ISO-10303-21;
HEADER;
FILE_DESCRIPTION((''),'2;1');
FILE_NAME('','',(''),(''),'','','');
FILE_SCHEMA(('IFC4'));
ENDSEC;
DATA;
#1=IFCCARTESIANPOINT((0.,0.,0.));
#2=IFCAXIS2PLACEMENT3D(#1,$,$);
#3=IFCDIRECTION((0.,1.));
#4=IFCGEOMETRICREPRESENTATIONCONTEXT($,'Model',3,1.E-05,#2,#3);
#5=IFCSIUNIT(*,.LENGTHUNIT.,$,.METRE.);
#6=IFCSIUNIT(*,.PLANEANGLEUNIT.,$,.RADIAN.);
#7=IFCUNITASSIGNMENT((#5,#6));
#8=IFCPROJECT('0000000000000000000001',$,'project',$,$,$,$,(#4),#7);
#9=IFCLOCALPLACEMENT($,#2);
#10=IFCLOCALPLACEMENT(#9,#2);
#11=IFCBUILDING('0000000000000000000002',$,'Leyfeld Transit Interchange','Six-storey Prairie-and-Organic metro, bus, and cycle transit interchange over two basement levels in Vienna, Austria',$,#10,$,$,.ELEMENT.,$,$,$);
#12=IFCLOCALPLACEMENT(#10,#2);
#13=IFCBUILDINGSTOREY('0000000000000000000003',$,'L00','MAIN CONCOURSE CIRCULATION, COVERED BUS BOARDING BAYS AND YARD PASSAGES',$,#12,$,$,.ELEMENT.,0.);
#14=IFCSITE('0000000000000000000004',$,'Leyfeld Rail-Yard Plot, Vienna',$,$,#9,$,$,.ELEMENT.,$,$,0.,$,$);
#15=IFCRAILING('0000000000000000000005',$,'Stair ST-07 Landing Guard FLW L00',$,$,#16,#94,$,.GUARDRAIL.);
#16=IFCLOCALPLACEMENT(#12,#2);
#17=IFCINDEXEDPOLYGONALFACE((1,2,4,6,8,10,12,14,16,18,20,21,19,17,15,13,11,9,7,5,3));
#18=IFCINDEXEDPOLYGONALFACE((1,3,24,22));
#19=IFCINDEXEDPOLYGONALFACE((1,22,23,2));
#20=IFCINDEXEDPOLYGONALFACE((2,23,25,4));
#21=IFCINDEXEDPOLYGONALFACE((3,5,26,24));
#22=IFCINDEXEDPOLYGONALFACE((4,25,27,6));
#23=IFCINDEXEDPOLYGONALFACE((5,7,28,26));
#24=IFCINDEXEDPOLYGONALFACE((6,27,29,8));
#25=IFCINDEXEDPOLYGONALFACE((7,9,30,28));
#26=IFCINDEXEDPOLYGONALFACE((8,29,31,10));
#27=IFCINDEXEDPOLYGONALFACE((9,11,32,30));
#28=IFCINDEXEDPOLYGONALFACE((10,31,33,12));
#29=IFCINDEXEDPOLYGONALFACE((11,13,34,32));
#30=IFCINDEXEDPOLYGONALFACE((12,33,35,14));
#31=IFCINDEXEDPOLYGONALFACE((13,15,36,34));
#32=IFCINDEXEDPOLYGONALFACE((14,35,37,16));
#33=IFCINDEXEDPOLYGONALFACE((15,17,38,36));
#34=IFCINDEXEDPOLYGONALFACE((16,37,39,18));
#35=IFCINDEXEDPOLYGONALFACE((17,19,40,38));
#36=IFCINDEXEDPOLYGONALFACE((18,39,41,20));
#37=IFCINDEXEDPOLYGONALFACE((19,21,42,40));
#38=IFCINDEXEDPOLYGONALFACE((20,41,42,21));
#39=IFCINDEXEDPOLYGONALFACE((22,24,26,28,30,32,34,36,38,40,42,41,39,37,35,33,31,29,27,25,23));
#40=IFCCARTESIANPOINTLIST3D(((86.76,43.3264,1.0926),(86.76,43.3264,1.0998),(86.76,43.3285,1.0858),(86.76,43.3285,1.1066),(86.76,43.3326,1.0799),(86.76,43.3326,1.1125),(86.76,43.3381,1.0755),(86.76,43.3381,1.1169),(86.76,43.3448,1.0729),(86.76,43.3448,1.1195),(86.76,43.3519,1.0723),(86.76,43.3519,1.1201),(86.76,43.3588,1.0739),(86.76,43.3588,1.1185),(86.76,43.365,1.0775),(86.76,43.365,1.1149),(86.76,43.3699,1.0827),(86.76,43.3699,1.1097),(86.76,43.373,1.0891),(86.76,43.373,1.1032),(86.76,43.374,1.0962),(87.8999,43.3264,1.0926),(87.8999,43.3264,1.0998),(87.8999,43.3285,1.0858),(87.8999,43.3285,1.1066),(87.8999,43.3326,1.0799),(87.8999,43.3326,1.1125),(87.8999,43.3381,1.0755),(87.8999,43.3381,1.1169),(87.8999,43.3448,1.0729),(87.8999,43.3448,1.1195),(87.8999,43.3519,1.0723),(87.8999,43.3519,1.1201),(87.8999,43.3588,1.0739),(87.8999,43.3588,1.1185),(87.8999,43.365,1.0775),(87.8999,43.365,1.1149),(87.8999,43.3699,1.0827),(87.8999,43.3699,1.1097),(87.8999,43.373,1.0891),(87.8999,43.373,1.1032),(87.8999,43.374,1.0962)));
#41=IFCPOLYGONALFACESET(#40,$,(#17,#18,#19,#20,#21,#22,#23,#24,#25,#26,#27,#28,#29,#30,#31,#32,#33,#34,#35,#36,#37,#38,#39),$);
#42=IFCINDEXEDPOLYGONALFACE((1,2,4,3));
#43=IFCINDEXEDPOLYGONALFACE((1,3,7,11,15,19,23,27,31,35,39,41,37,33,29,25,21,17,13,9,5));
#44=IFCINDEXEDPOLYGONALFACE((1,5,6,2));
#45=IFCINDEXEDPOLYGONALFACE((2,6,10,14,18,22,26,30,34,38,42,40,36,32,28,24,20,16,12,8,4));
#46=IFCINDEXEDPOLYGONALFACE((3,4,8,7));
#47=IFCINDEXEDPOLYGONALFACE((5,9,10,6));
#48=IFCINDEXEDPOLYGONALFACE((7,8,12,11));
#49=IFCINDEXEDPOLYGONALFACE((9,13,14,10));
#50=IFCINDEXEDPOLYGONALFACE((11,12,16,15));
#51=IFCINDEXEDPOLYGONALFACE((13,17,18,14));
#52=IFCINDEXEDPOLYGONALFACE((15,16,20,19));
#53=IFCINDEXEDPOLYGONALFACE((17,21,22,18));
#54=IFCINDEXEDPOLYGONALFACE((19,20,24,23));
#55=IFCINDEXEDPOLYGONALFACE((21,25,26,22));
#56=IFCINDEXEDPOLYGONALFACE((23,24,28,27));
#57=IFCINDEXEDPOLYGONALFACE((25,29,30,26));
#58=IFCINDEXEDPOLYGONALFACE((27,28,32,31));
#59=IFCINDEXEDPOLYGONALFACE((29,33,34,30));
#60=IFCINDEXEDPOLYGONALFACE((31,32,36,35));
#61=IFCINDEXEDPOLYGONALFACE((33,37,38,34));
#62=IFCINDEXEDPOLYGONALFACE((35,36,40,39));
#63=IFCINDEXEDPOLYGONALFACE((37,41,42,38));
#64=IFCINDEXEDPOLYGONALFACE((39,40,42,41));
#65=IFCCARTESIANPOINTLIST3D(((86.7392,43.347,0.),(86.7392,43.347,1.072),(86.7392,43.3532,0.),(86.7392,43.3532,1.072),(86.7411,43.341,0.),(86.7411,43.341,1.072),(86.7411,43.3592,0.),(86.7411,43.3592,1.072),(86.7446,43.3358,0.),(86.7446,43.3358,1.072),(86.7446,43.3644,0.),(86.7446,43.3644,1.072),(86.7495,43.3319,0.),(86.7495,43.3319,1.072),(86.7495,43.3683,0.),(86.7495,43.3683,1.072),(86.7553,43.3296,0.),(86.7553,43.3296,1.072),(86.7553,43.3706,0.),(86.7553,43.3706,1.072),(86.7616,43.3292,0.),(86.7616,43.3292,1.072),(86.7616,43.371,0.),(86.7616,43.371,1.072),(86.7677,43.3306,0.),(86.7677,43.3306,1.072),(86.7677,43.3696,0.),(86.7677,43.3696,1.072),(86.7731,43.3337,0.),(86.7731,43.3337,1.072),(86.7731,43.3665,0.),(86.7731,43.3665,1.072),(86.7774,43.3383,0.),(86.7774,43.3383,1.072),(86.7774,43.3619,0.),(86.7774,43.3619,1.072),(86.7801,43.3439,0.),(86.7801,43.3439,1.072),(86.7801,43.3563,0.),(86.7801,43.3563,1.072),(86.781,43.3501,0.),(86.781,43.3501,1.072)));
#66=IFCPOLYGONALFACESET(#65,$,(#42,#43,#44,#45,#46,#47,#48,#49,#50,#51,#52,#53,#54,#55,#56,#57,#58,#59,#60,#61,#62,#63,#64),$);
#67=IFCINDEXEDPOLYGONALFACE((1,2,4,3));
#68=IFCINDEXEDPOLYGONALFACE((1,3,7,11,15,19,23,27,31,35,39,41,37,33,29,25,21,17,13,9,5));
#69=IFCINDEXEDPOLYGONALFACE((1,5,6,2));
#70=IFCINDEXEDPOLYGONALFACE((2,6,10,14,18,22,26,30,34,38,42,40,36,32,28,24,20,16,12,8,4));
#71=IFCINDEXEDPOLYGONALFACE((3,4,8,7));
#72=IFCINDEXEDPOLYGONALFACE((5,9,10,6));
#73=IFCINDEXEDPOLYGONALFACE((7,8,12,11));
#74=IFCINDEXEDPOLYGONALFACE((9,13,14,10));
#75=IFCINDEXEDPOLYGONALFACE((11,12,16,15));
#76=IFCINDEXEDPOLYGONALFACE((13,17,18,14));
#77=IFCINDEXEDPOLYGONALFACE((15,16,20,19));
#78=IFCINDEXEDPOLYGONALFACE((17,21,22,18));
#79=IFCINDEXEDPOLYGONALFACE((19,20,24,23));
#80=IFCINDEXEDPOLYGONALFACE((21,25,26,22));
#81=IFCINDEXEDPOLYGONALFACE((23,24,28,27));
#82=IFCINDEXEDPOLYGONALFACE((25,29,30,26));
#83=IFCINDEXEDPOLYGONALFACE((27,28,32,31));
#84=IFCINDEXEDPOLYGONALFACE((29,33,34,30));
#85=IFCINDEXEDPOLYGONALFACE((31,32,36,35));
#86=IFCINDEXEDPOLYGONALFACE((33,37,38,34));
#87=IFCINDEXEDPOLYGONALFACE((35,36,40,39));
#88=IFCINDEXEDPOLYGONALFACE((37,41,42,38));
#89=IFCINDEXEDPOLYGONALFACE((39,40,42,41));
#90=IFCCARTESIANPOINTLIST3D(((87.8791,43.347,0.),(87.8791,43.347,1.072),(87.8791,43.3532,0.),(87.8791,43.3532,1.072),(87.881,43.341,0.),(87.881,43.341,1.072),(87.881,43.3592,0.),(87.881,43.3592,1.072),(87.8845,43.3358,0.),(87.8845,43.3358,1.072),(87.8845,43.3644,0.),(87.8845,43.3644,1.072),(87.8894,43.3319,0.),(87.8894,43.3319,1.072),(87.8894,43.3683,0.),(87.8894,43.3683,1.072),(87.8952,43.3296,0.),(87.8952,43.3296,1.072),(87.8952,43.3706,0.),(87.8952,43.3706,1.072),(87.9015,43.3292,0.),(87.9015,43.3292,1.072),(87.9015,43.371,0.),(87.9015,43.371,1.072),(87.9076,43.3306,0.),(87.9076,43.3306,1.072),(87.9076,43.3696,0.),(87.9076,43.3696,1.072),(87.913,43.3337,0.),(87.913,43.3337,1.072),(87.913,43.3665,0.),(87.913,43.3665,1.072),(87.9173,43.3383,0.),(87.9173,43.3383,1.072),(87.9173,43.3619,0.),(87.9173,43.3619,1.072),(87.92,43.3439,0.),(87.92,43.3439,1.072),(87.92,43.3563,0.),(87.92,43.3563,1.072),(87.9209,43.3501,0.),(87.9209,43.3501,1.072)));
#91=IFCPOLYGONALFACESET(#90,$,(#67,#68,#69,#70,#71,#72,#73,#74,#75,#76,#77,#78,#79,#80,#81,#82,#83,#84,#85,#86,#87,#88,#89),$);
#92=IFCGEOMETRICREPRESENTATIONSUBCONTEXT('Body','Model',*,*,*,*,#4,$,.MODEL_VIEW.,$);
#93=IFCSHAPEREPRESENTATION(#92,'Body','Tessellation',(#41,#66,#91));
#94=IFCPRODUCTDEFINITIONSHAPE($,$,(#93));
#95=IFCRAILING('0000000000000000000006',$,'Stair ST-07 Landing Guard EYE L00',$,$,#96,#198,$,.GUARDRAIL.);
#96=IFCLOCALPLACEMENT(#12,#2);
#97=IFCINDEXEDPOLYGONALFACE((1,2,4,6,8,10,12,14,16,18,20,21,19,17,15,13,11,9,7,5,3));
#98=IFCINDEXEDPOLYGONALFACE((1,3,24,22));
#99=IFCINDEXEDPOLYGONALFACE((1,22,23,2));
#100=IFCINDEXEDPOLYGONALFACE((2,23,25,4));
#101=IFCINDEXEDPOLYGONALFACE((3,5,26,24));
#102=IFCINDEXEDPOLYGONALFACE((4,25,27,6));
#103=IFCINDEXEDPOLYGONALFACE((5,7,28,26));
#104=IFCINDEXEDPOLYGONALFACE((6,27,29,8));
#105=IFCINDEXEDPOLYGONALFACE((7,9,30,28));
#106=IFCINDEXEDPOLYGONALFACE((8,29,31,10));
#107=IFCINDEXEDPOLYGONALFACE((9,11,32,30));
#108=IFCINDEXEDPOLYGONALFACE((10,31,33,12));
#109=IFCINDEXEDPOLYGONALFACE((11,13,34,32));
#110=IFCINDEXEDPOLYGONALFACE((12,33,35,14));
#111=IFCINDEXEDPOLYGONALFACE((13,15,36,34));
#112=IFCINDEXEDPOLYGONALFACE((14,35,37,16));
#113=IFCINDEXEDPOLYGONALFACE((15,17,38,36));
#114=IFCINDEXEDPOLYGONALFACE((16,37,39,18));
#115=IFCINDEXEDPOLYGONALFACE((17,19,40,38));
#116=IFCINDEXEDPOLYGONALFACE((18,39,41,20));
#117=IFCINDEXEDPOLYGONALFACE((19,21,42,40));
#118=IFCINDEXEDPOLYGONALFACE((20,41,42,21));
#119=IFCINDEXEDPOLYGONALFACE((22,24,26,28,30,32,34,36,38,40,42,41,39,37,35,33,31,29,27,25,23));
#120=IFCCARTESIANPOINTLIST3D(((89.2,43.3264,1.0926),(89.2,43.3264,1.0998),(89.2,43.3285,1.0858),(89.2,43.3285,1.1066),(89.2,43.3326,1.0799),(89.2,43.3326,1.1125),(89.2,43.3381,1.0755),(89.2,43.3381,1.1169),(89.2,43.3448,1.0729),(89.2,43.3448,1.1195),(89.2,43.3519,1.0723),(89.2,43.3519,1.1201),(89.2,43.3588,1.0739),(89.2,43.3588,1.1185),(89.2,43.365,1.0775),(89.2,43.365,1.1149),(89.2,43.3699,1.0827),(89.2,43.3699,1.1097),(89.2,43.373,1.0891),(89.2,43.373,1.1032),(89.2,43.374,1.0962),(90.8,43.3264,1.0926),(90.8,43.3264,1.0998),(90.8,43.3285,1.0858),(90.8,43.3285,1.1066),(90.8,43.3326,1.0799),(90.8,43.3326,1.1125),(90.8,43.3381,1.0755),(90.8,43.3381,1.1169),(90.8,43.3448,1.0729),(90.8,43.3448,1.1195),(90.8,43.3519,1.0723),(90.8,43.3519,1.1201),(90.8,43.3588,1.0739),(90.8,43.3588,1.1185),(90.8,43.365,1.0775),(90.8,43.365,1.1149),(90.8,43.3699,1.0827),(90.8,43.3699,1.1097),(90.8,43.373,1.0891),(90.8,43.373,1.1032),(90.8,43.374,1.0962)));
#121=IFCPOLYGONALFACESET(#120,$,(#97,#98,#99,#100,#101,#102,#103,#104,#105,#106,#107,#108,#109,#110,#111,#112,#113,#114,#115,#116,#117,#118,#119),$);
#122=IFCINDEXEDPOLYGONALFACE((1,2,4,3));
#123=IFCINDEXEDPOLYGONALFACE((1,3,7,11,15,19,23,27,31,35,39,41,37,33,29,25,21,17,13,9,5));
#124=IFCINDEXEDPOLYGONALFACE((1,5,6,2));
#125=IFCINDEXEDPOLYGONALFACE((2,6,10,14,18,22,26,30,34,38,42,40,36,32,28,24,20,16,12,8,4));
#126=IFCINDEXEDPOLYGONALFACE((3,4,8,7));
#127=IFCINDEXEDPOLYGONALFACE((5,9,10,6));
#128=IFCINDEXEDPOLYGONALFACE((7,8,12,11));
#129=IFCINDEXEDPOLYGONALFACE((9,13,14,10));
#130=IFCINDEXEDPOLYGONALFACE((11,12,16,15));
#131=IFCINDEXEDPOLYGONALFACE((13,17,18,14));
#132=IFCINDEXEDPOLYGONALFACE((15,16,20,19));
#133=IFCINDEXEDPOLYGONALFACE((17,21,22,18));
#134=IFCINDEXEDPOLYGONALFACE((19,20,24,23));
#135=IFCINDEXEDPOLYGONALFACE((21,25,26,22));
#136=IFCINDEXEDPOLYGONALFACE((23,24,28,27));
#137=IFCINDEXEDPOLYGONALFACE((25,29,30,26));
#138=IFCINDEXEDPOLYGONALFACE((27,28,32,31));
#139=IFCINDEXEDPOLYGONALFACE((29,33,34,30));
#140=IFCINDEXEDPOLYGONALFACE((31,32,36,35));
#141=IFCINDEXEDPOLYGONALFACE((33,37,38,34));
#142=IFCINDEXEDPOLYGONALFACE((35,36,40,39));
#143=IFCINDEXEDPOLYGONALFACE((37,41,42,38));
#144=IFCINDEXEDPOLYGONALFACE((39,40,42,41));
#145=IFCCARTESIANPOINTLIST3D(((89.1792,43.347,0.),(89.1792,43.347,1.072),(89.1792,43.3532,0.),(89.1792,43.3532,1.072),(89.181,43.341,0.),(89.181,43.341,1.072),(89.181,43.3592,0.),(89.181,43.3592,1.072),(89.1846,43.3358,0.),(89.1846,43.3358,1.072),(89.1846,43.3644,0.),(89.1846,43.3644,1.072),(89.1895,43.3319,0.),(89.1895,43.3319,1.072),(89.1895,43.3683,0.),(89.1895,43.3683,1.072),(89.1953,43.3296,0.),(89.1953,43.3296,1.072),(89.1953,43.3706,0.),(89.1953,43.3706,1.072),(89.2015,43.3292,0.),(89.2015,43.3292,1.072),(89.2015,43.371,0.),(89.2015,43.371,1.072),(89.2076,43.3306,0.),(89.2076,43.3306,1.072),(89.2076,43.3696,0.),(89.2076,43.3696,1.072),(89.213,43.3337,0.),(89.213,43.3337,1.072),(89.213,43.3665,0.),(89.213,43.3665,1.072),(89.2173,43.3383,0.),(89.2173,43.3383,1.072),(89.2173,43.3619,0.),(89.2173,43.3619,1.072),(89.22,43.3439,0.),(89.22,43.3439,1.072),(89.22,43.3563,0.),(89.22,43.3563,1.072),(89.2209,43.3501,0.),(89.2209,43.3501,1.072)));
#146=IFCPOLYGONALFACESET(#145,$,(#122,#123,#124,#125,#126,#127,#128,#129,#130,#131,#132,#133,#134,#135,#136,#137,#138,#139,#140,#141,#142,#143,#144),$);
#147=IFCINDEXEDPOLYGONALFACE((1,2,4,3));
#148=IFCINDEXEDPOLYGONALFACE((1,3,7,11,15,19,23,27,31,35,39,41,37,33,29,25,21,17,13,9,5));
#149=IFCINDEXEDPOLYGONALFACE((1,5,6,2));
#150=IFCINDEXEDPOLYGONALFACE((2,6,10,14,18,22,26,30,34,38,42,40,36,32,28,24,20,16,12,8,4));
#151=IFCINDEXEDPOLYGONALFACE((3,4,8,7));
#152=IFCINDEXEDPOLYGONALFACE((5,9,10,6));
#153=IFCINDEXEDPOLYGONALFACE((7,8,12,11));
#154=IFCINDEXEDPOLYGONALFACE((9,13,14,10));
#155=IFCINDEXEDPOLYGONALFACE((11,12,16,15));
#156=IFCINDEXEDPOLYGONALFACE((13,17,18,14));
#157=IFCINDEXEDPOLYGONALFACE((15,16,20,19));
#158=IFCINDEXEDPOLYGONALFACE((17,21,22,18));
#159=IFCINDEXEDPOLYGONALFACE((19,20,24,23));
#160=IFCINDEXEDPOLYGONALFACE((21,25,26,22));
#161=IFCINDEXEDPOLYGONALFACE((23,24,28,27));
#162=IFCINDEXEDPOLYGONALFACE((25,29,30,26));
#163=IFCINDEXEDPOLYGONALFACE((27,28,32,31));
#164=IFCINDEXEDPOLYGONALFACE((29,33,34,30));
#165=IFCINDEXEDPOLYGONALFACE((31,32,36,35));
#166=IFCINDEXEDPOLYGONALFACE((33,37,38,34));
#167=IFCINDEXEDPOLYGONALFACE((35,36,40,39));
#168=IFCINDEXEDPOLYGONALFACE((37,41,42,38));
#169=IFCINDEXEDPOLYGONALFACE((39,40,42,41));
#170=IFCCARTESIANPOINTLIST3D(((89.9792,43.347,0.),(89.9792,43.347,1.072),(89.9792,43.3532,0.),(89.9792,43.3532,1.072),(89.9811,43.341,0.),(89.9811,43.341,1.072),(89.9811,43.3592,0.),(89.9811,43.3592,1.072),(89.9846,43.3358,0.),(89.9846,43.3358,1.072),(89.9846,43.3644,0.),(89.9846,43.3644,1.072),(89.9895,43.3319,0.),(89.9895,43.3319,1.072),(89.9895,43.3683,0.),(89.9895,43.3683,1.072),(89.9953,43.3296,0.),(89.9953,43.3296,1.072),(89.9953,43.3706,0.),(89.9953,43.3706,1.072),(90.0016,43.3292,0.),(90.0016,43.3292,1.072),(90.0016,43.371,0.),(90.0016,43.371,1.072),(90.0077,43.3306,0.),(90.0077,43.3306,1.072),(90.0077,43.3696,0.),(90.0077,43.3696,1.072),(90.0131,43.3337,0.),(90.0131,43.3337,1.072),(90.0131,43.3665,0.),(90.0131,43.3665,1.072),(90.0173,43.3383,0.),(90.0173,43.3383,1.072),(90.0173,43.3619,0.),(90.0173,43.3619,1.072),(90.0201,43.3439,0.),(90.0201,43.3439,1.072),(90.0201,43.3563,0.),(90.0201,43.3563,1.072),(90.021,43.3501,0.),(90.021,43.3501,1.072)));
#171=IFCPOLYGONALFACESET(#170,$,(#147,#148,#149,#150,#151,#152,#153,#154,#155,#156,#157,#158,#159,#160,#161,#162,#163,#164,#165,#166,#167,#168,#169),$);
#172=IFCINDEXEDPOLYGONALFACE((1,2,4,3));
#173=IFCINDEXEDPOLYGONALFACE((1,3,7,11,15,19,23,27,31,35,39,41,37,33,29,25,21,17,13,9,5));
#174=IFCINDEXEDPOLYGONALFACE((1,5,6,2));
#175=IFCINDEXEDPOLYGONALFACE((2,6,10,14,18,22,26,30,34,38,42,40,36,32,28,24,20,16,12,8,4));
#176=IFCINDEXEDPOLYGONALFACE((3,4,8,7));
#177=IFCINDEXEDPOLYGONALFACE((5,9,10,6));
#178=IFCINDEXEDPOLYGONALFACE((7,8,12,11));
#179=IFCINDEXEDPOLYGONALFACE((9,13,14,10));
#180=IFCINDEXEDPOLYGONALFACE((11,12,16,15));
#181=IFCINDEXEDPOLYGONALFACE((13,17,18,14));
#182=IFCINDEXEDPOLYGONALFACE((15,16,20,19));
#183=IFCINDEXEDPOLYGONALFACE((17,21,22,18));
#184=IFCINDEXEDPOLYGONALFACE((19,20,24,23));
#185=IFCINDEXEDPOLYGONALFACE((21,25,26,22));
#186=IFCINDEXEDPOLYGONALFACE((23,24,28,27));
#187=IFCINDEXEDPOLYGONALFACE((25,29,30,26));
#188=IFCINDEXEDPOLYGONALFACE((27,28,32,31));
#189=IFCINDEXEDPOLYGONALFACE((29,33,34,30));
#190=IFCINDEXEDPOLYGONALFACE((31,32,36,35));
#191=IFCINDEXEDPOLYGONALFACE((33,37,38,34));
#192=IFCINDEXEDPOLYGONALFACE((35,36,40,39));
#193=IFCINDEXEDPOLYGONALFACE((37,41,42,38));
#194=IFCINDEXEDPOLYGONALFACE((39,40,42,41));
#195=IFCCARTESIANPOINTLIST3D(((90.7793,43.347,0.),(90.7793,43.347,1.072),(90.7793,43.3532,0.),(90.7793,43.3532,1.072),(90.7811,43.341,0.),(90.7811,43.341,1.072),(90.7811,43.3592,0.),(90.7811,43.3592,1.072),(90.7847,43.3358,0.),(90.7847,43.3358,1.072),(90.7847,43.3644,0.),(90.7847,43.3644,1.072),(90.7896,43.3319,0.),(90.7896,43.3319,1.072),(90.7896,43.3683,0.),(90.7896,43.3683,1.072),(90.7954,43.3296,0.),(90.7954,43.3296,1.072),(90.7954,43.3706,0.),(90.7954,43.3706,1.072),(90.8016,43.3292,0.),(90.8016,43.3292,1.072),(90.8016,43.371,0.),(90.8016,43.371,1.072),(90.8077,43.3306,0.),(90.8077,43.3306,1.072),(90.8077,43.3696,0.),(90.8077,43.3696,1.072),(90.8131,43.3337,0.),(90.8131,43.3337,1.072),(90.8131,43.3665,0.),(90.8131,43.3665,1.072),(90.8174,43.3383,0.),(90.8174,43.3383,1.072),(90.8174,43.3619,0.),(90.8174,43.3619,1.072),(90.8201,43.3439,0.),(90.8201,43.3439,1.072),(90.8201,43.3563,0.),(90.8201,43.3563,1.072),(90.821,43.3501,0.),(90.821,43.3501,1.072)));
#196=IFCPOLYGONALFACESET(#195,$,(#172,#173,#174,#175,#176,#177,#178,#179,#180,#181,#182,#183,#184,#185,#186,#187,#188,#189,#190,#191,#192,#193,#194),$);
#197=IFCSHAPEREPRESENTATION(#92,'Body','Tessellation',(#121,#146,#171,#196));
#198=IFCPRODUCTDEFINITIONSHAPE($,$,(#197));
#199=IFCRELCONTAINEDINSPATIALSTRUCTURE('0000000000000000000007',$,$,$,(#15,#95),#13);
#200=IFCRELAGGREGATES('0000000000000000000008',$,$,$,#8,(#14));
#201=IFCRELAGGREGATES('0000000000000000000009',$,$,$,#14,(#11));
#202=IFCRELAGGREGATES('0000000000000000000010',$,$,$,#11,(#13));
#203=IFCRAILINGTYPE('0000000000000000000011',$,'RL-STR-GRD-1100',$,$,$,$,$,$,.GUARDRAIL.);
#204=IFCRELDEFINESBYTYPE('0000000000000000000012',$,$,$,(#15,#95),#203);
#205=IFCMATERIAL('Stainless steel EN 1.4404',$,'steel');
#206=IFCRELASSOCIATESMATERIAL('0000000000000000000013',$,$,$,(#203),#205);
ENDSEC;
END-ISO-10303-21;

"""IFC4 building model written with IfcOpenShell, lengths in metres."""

from ifc_helpers import new_model, si_unit, direction, frame, origin, origin_2d, place, context, subcontext, project, spatial, circle, extrude, material, type_object, element, save


model = new_model("IFC4")

# Units and contexts
model_context = context("Model", 3, precision=1e-05, world=origin(), true_north=direction((0.0, 1.0)))
body_context = subcontext(model_context, "Body", "Model", "MODEL_VIEW")
ifc_project = project(units=[si_unit("LENGTHUNIT", "METRE"), si_unit("PLANEANGLEUNIT", "RADIAN")], contexts=[model_context])

# Site, building, storey
site_placement = place(None, origin())
site = spatial("IfcSite", under=ifc_project, at=site_placement, Name="Leyfeld Rail-Yard Plot, Vienna", CompositionType="ELEMENT", RefElevation=0.0)
building_placement = place(site_placement, origin())
building = spatial("IfcBuilding", under=site, at=building_placement, Name="Leyfeld Transit Interchange", Description="Six-storey Prairie-and-Organic metro, bus, and cycle transit interchange over two basement levels in Vienna, Austria", CompositionType="ELEMENT")
storey_placement = place(building_placement, origin())
storey = spatial("IfcBuildingStorey", under=building, at=storey_placement, Name="L00", Description="MAIN CONCOURSE CIRCULATION, COVERED BUS BOARDING BAYS AND YARD PASSAGES", CompositionType="ELEMENT", Elevation=0.0)

# Railings
ifc_material_1 = material(Name="Stainless steel EN 1.4404", Category="steel")
railing_type = type_object("IfcRailingType", Name="RL-STR-GRD-1100", PredefinedType="GUARDRAIL", material=ifc_material_1)
railing_1_placement = place(storey_placement, frame((86.76, 43.3501, 0.0)))
element("IfcRailing", 1, at=railing_1_placement, inside=storey, type_object=railing_type, Name="Stair ST-07 Landing Guard FLW L00", PredefinedType="GUARDRAIL", context=body_context, shape_type="SweptSolid", body=[
    extrude(circle(Radius=0.0239, at=origin_2d()), frame((0.0, 0.0, 1.0962), z_axis=(1.0, 0.0, 0.0), x_axis=(0.0, 1.0, 0.0)), (0.0, 0.0, 1.0), 1.1399),
    extrude(circle(Radius=0.021, at=origin_2d()), origin(), (0.0, 0.0, 1.0), 1.072),
    extrude(circle(Radius=0.021, at=origin_2d()), frame((1.1399, 0.0, 0.0)), (0.0, 0.0, 1.0), 1.072),
])
railing_2_placement = place(storey_placement, frame((89.2, 43.3501, 0.0)))
element("IfcRailing", 2, at=railing_2_placement, inside=storey, type_object=railing_type, Name="Stair ST-07 Landing Guard EYE L00", PredefinedType="GUARDRAIL", context=body_context, shape_type="SweptSolid", body=[
    extrude(circle(Radius=0.0239, at=origin_2d()), frame((0.0, 0.0, 1.0962), z_axis=(1.0, 0.0, 0.0), x_axis=(0.0, 1.0, 0.0)), (0.0, 0.0, 1.0), 1.6001),
    extrude(circle(Radius=0.021, at=origin_2d()), origin(), (0.0, 0.0, 1.0), 1.072),
    extrude(circle(Radius=0.021, at=origin_2d()), frame((0.8, 0.0, 0.0)), (0.0, 0.0, 1.0), 1.072),
    extrude(circle(Radius=0.021, at=origin_2d()), frame((1.6001, 0.0, 0.0)), (0.0, 0.0, 1.0), 1.072),
])

save(model, "model.ifc")
